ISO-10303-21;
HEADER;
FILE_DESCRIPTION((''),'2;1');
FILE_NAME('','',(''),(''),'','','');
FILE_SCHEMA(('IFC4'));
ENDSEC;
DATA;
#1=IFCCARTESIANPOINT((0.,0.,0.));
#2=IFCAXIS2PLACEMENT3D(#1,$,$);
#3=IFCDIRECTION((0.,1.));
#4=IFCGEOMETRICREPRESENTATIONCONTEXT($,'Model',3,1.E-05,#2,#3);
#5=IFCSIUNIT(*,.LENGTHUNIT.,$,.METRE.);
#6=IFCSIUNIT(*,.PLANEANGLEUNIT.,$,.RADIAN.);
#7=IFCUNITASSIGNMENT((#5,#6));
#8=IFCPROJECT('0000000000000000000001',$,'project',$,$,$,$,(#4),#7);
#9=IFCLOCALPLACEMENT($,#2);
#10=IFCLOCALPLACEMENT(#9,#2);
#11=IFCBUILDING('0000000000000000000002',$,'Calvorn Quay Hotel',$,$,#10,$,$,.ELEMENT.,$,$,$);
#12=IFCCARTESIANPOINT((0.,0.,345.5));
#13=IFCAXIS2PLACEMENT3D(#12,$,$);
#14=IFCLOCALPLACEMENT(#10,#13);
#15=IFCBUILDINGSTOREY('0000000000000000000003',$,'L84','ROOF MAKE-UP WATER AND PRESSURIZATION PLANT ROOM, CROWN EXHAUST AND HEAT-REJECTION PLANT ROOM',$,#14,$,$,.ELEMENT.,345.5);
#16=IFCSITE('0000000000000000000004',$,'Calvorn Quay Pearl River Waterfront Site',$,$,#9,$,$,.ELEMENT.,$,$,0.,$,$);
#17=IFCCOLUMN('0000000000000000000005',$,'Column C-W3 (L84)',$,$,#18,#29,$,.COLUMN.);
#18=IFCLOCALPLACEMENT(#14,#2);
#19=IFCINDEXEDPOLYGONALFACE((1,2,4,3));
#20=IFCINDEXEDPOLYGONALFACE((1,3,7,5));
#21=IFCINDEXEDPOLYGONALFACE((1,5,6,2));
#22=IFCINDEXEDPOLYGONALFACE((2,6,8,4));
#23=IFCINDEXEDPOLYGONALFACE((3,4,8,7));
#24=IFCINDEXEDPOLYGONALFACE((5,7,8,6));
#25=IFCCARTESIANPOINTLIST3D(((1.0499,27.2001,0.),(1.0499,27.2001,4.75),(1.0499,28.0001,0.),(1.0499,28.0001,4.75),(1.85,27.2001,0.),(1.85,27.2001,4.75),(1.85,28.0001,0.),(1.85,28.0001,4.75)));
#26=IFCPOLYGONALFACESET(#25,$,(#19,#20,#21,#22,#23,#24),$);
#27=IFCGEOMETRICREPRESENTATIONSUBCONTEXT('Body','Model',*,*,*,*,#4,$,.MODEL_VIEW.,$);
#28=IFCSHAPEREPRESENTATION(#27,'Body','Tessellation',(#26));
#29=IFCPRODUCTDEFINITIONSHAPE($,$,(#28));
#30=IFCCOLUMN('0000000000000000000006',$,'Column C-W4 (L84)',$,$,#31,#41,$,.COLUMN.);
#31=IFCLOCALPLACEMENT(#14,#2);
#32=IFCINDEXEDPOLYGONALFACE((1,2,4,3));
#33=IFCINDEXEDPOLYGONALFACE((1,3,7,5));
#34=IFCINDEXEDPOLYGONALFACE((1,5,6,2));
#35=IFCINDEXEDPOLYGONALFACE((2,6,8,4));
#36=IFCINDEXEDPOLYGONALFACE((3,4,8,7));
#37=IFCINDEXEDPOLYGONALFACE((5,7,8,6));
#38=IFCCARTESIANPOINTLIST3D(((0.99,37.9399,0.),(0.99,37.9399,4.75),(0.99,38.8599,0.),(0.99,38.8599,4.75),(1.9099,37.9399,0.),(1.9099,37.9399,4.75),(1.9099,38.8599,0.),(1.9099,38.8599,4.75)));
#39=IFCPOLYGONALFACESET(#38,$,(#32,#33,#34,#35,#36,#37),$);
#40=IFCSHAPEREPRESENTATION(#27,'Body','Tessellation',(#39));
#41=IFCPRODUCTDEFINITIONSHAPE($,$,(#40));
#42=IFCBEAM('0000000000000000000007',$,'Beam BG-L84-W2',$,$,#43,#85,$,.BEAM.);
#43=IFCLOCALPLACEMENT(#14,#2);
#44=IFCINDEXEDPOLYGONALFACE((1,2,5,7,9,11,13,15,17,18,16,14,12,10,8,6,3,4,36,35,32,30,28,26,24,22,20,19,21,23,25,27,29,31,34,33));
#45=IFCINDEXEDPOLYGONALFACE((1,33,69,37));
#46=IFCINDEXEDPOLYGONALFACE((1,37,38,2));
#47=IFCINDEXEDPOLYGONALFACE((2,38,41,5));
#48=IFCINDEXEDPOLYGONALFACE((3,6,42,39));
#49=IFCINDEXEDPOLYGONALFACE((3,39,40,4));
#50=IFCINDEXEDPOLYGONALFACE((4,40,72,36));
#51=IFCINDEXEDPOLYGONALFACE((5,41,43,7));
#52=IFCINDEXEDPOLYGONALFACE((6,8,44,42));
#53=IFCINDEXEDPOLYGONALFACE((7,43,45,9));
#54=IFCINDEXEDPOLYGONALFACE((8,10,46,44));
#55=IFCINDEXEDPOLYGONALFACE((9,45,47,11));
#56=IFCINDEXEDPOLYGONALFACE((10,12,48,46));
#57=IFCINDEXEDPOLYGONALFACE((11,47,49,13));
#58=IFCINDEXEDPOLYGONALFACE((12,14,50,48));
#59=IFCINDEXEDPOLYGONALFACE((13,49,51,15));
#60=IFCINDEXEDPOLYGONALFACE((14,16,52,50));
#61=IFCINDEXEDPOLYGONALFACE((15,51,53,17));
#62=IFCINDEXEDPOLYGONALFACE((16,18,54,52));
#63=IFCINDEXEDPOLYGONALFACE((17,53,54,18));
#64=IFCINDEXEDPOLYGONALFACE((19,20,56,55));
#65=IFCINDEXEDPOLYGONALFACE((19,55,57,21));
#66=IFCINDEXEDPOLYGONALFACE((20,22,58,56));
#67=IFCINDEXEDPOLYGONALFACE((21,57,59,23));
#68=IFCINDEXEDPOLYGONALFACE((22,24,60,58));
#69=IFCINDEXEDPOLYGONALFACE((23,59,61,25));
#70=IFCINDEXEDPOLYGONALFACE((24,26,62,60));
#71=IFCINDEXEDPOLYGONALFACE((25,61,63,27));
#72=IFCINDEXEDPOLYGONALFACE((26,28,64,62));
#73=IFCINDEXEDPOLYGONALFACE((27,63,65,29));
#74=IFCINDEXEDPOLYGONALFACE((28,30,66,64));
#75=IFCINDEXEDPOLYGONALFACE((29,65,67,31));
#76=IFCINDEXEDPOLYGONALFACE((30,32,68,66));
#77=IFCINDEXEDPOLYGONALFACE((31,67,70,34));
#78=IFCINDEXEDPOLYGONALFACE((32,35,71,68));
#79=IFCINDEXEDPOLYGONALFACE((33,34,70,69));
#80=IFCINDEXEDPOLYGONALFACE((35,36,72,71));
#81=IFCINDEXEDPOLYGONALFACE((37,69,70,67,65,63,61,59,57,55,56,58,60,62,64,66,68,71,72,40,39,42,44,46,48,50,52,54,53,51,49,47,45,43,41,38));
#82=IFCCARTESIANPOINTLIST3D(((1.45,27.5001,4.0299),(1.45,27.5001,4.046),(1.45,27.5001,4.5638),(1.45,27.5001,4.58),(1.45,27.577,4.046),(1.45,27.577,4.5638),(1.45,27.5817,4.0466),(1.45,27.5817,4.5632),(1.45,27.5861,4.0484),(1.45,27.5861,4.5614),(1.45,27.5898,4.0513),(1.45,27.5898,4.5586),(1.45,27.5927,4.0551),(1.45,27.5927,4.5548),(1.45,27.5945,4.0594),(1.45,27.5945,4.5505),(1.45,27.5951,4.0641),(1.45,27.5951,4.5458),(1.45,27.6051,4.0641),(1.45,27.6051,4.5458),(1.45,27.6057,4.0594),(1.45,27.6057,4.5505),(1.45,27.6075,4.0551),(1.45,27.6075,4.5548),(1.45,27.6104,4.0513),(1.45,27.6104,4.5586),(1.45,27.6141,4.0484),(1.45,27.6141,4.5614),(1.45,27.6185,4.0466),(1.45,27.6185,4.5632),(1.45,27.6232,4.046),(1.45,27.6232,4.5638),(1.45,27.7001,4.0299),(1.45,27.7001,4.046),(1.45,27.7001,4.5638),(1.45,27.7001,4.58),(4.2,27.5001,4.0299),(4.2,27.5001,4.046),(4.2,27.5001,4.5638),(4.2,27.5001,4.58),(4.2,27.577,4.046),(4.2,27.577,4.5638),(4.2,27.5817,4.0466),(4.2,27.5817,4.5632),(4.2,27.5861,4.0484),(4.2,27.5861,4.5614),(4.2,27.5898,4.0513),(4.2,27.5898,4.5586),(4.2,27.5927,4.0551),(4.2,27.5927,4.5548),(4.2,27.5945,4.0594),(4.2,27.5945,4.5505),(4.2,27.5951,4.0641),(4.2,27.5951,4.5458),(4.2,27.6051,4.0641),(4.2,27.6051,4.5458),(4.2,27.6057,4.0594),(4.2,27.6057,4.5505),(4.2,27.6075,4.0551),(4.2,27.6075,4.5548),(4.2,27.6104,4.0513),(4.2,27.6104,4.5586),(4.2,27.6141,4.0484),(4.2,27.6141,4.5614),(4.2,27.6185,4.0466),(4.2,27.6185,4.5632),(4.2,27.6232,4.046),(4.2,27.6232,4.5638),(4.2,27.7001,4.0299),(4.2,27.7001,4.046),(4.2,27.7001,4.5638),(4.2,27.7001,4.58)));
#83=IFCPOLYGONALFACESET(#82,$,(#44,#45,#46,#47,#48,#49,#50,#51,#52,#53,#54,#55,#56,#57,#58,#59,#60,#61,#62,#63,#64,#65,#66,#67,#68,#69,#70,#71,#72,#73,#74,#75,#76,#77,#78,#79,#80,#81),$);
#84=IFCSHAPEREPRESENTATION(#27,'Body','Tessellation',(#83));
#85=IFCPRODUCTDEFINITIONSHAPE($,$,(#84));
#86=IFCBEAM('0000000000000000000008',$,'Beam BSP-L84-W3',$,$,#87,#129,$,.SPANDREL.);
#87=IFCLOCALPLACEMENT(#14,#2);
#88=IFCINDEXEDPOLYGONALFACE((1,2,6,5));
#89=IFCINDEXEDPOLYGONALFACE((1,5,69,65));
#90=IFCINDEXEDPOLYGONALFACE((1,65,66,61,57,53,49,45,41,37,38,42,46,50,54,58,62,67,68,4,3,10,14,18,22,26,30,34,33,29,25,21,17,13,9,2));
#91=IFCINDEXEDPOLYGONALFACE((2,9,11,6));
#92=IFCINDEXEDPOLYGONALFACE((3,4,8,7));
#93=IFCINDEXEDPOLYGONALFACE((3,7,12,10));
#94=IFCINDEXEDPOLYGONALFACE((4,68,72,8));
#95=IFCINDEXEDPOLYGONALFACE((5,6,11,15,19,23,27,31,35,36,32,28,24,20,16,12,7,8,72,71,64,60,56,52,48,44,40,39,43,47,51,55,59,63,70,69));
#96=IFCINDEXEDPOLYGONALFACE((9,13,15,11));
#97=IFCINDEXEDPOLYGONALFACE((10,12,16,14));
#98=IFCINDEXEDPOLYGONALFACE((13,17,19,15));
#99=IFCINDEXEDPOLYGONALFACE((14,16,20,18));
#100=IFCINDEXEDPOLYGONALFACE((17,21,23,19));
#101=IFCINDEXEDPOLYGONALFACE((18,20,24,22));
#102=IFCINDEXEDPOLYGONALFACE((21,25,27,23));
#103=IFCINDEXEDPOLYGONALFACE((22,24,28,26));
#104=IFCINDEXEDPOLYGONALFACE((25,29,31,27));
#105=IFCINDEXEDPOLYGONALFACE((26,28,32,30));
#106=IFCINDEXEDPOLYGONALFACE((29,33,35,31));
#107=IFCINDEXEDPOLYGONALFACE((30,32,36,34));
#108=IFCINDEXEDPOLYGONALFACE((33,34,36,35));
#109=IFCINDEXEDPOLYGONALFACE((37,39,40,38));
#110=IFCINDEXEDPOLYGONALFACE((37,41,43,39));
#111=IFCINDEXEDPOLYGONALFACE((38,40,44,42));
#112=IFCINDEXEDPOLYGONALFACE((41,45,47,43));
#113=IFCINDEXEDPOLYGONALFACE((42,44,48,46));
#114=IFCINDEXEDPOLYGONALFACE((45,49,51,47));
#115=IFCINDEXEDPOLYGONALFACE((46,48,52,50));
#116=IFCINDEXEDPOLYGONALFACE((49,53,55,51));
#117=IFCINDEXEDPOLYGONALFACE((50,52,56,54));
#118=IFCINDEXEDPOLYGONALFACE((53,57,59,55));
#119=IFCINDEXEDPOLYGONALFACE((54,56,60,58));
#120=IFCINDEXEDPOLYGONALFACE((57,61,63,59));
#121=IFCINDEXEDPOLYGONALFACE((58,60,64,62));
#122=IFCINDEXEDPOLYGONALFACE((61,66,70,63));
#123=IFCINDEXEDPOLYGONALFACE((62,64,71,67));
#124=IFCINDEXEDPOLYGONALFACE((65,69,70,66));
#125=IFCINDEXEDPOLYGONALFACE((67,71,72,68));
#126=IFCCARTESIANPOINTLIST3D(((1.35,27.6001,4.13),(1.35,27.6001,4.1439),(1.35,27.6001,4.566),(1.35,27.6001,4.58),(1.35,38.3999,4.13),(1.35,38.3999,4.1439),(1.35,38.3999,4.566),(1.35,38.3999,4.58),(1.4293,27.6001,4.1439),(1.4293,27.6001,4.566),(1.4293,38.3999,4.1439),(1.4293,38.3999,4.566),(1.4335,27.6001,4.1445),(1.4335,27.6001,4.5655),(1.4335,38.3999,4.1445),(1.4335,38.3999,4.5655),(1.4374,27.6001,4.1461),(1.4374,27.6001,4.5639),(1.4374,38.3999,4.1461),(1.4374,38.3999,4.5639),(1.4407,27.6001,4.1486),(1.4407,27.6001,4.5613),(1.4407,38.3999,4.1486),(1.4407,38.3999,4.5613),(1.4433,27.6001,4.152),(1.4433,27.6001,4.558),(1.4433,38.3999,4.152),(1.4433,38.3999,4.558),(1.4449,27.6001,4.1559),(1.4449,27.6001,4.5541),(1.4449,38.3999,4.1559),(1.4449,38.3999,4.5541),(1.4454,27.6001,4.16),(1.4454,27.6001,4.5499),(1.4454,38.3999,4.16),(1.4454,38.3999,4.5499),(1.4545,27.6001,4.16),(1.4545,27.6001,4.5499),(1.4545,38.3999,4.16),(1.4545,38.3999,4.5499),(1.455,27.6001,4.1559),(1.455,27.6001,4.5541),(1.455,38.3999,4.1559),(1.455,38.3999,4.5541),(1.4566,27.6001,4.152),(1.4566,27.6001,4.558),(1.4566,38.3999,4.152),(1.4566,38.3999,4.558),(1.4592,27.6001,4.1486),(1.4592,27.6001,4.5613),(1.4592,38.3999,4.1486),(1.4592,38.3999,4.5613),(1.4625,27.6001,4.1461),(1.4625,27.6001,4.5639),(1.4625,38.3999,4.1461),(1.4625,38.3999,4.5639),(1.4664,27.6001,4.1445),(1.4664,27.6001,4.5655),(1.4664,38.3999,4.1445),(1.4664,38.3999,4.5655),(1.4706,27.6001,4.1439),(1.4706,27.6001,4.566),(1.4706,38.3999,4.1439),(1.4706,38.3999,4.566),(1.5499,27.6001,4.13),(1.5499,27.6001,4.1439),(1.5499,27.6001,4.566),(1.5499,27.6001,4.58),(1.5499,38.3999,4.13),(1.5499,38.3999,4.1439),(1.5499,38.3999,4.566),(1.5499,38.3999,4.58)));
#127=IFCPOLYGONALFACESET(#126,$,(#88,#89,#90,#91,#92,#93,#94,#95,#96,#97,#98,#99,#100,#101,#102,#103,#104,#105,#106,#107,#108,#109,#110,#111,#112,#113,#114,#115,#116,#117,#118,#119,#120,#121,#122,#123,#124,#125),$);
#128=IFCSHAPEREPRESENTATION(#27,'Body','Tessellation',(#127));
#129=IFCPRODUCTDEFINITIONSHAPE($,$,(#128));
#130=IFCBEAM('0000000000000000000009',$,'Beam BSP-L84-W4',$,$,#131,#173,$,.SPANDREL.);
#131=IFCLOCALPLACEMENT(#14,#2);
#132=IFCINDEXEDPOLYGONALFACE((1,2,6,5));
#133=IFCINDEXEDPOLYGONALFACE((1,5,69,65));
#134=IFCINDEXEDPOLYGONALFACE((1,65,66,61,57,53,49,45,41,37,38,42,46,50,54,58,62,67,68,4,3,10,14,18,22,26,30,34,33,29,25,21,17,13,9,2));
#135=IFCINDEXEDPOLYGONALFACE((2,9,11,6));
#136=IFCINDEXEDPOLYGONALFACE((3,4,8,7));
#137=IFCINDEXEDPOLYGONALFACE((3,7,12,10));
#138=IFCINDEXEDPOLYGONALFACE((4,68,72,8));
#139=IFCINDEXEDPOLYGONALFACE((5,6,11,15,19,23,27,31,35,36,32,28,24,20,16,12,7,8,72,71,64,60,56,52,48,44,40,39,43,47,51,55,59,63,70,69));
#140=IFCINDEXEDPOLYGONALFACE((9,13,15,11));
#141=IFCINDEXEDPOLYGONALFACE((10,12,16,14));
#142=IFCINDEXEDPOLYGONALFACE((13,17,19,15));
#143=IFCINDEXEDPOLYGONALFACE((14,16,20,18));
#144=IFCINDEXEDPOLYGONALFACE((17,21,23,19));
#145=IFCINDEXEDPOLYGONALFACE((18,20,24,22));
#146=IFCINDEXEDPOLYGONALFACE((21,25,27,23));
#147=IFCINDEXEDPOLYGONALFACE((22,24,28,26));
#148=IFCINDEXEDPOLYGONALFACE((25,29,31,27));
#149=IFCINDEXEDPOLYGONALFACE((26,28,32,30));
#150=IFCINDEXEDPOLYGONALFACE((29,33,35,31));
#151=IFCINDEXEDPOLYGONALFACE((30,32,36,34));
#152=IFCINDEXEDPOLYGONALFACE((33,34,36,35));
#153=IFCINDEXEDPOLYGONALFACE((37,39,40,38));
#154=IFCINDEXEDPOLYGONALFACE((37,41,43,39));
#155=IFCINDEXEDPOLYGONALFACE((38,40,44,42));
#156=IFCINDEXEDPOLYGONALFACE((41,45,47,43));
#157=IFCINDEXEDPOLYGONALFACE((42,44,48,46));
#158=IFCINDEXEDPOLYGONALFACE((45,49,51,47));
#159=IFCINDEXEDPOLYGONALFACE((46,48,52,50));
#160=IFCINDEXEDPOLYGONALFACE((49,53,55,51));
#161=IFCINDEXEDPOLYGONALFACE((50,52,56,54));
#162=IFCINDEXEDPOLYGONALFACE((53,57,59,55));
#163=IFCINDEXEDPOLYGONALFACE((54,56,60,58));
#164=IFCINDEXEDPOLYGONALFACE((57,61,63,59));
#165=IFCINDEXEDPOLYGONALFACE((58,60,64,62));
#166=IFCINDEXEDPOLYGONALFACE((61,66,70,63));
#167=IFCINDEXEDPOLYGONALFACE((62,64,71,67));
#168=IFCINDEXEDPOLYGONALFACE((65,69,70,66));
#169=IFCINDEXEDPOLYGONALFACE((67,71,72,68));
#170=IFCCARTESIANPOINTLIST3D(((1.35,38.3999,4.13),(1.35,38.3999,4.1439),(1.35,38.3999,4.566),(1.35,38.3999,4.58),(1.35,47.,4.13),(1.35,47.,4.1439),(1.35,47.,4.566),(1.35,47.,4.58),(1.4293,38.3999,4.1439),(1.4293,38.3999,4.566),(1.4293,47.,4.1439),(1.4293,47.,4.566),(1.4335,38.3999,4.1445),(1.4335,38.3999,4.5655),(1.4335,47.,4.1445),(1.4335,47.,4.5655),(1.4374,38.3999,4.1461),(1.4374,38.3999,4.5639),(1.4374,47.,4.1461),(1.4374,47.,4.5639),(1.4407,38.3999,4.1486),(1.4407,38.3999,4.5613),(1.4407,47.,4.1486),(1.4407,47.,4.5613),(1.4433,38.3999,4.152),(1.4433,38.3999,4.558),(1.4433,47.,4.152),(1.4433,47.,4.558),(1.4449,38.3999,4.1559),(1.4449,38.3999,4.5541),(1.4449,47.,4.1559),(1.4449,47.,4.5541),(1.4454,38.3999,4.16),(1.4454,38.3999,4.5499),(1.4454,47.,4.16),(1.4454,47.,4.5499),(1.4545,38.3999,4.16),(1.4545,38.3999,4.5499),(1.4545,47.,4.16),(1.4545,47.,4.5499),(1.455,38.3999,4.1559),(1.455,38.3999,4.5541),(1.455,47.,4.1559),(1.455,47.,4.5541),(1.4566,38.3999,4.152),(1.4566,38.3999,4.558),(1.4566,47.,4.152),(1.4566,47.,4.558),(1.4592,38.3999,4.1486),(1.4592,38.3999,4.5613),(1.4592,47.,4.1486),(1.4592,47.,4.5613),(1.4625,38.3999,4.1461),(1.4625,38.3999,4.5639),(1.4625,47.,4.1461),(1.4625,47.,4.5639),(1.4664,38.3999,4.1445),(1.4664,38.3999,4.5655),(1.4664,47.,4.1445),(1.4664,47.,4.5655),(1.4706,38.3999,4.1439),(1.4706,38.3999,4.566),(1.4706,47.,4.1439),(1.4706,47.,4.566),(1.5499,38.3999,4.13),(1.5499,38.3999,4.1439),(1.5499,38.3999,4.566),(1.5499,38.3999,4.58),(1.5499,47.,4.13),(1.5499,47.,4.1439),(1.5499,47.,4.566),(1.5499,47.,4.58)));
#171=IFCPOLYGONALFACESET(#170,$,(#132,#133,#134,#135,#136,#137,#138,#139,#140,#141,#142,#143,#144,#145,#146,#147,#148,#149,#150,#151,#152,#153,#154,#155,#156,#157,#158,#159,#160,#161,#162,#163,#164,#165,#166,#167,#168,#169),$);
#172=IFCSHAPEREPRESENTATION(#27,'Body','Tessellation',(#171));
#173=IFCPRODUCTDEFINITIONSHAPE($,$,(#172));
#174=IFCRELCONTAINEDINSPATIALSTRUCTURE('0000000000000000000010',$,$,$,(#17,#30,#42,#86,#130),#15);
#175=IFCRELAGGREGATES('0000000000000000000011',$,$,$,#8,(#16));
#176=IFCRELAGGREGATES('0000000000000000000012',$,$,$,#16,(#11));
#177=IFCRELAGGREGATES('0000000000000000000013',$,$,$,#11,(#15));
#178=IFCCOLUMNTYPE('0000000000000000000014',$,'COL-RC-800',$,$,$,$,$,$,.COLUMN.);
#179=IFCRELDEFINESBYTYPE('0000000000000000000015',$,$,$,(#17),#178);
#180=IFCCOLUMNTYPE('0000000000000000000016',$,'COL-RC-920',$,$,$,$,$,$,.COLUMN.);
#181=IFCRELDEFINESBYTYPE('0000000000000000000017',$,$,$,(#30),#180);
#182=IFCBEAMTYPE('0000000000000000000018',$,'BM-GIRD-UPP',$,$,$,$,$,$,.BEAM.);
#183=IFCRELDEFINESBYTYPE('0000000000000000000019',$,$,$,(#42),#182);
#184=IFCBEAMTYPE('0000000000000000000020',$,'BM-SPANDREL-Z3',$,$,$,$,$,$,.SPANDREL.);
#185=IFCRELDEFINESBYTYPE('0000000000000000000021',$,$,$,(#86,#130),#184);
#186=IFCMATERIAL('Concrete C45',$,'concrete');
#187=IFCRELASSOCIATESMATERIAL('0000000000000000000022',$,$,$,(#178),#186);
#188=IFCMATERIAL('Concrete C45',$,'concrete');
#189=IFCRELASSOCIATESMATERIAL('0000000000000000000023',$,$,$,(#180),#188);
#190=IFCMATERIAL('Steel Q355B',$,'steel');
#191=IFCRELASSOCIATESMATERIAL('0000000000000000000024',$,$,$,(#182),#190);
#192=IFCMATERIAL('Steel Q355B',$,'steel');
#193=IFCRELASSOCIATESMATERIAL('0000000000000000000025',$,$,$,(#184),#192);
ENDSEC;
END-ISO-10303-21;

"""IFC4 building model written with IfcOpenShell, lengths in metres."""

from ifc_helpers import new_model, si_unit, direction, frame, origin, origin_2d, place, context, subcontext, project, spatial, rectangle, i_section, extrude, material, material_profile, profile_set, type_object, element, save


model = new_model("IFC4")

# Units and contexts
model_context = context("Model", 3, precision=1e-05, world=origin(), true_north=direction((0.0, 1.0)))
body_context = subcontext(model_context, "Body", "Model", "MODEL_VIEW")
ifc_project = project(units=[si_unit("LENGTHUNIT", "METRE"), si_unit("PLANEANGLEUNIT", "RADIAN")], contexts=[model_context])

# Site, building, storey
site_placement = place(None, origin())
site = spatial("IfcSite", under=ifc_project, at=site_placement, Name="Calvorn Quay Pearl River Waterfront Site", CompositionType="ELEMENT", RefElevation=0.0)
building_placement = place(site_placement, origin())
building = spatial("IfcBuilding", under=site, at=building_placement, Name="Calvorn Quay Hotel", CompositionType="ELEMENT")
storey_placement = place(building_placement, frame((0.0, 0.0, 345.5)))
storey = spatial("IfcBuildingStorey", under=building, at=storey_placement, Name="L84", Description="ROOF MAKE-UP WATER AND PRESSURIZATION PLANT ROOM, CROWN EXHAUST AND HEAT-REJECTION PLANT ROOM", CompositionType="ELEMENT", Elevation=345.5)

# Columns
ifc_material_1 = material(Name="Concrete C45", Category="concrete")
ifc_material_profile_1 = material_profile(ifc_material_1, rectangle(XDim=0.8, YDim=0.8, at=origin_2d()), Name="RC800x800")
ifc_profile_set_1 = profile_set([ifc_material_profile_1], Name="Concrete C45")
column_type_1 = type_object("IfcColumnType", Name="COL-RC-800", PredefinedType="COLUMN", material=ifc_profile_set_1)
column_1_placement = place(storey_placement, frame((1.45, 27.6001, 0.0), z_axis=(0.0, 0.0, 1.0), x_axis=(1.0, 0.0, 0.0)))
element("IfcColumn", 1, at=column_1_placement, inside=storey, type_object=column_type_1, Name="Column C-W3 (L84)", PredefinedType="COLUMN", context=body_context, shape_type="SweptSolid", body=[
    extrude(rectangle(XDim=0.8, YDim=0.8, at=origin_2d()), origin(), (0.0, 0.0, 1.0), 4.75),
])
ifc_material_2 = material(Name="Concrete C45", Category="concrete")
ifc_material_profile_2 = material_profile(ifc_material_2, rectangle(XDim=0.9199, YDim=0.9199, at=origin_2d()), Name="RC920x920")
ifc_profile_set_2 = profile_set([ifc_material_profile_2], Name="Concrete C45")
column_type_2 = type_object("IfcColumnType", Name="COL-RC-920", PredefinedType="COLUMN", material=ifc_profile_set_2)
column_2_placement = place(storey_placement, frame((1.45, 38.3999, 0.0), z_axis=(0.0, 0.0, 1.0), x_axis=(1.0, 0.0, 0.0)))
element("IfcColumn", 2, at=column_2_placement, inside=storey, type_object=column_type_2, Name="Column C-W4 (L84)", PredefinedType="COLUMN", context=body_context, shape_type="SweptSolid", body=[
    extrude(rectangle(XDim=0.9199, YDim=0.9199, at=origin_2d()), origin(), (0.0, 0.0, 1.0), 4.75),
])

# Beams
ifc_material_3 = material(Name="Steel Q355B", Category="steel")
ifc_material_profile_3 = material_profile(ifc_material_3, i_section(OverallWidth=0.2, OverallDepth=0.55, WebThickness=0.01, FlangeThickness=0.0161, FilletRadius=0.0181, at=origin_2d()), Name="HN550x200x10x16")
ifc_profile_set_3 = profile_set([ifc_material_profile_3], Name="Steel Q355B")
beam_type_1 = type_object("IfcBeamType", Name="BM-GIRD-UPP", PredefinedType="BEAM", material=ifc_profile_set_3)
beam_1_placement = place(storey_placement, frame((1.45, 27.6001, 4.3049), z_axis=(1.0, 0.0, 0.0), x_axis=(0.0, 1.0, 0.0)))
element("IfcBeam", 3, at=beam_1_placement, inside=storey, type_object=beam_type_1, Name="Beam BG-L84-W2", PredefinedType="BEAM", context=body_context, shape_type="SweptSolid", body=[
    extrude(i_section(OverallWidth=0.2, OverallDepth=0.55, WebThickness=0.01, FlangeThickness=0.0161, FilletRadius=0.0181, at=origin_2d()), origin(), (0.0, 0.0, 1.0), 2.75),
])
ifc_material_4 = material(Name="Steel Q355B", Category="steel")
ifc_material_profile_4 = material_profile(ifc_material_4, i_section(OverallWidth=0.2, OverallDepth=0.45, WebThickness=0.009, FlangeThickness=0.0139, FilletRadius=0.0161, at=origin_2d()), Name="HN450x200x9x14")
ifc_profile_set_4 = profile_set([ifc_material_profile_4], Name="Steel Q355B")
beam_type_2 = type_object("IfcBeamType", Name="BM-SPANDREL-Z3", PredefinedType="SPANDREL", material=ifc_profile_set_4)
beam_2_placement = place(storey_placement, frame((1.45, 27.6001, 4.355), z_axis=(0.0, 1.0, 0.0), x_axis=(-1.0, 0.0, 0.0)))
element("IfcBeam", 4, at=beam_2_placement, inside=storey, type_object=beam_type_2, Name="Beam BSP-L84-W3", PredefinedType="SPANDREL", context=body_context, shape_type="SweptSolid", body=[
    extrude(i_section(OverallWidth=0.2, OverallDepth=0.45, WebThickness=0.009, FlangeThickness=0.0139, FilletRadius=0.0161, at=origin_2d()), origin(), (0.0, 0.0, 1.0), 10.7998),
])
beam_3_placement = place(storey_placement, frame((1.45, 38.3999, 4.355), z_axis=(0.0, 1.0, 0.0), x_axis=(-1.0, 0.0, 0.0)))
element("IfcBeam", 5, at=beam_3_placement, inside=storey, type_object=beam_type_2, Name="Beam BSP-L84-W4", PredefinedType="SPANDREL", context=body_context, shape_type="SweptSolid", body=[
    extrude(i_section(OverallWidth=0.2, OverallDepth=0.45, WebThickness=0.009, FlangeThickness=0.0139, FilletRadius=0.0161, at=origin_2d()), origin(), (0.0, 0.0, 1.0), 8.6001),
])

save(model, "model.ifc")
